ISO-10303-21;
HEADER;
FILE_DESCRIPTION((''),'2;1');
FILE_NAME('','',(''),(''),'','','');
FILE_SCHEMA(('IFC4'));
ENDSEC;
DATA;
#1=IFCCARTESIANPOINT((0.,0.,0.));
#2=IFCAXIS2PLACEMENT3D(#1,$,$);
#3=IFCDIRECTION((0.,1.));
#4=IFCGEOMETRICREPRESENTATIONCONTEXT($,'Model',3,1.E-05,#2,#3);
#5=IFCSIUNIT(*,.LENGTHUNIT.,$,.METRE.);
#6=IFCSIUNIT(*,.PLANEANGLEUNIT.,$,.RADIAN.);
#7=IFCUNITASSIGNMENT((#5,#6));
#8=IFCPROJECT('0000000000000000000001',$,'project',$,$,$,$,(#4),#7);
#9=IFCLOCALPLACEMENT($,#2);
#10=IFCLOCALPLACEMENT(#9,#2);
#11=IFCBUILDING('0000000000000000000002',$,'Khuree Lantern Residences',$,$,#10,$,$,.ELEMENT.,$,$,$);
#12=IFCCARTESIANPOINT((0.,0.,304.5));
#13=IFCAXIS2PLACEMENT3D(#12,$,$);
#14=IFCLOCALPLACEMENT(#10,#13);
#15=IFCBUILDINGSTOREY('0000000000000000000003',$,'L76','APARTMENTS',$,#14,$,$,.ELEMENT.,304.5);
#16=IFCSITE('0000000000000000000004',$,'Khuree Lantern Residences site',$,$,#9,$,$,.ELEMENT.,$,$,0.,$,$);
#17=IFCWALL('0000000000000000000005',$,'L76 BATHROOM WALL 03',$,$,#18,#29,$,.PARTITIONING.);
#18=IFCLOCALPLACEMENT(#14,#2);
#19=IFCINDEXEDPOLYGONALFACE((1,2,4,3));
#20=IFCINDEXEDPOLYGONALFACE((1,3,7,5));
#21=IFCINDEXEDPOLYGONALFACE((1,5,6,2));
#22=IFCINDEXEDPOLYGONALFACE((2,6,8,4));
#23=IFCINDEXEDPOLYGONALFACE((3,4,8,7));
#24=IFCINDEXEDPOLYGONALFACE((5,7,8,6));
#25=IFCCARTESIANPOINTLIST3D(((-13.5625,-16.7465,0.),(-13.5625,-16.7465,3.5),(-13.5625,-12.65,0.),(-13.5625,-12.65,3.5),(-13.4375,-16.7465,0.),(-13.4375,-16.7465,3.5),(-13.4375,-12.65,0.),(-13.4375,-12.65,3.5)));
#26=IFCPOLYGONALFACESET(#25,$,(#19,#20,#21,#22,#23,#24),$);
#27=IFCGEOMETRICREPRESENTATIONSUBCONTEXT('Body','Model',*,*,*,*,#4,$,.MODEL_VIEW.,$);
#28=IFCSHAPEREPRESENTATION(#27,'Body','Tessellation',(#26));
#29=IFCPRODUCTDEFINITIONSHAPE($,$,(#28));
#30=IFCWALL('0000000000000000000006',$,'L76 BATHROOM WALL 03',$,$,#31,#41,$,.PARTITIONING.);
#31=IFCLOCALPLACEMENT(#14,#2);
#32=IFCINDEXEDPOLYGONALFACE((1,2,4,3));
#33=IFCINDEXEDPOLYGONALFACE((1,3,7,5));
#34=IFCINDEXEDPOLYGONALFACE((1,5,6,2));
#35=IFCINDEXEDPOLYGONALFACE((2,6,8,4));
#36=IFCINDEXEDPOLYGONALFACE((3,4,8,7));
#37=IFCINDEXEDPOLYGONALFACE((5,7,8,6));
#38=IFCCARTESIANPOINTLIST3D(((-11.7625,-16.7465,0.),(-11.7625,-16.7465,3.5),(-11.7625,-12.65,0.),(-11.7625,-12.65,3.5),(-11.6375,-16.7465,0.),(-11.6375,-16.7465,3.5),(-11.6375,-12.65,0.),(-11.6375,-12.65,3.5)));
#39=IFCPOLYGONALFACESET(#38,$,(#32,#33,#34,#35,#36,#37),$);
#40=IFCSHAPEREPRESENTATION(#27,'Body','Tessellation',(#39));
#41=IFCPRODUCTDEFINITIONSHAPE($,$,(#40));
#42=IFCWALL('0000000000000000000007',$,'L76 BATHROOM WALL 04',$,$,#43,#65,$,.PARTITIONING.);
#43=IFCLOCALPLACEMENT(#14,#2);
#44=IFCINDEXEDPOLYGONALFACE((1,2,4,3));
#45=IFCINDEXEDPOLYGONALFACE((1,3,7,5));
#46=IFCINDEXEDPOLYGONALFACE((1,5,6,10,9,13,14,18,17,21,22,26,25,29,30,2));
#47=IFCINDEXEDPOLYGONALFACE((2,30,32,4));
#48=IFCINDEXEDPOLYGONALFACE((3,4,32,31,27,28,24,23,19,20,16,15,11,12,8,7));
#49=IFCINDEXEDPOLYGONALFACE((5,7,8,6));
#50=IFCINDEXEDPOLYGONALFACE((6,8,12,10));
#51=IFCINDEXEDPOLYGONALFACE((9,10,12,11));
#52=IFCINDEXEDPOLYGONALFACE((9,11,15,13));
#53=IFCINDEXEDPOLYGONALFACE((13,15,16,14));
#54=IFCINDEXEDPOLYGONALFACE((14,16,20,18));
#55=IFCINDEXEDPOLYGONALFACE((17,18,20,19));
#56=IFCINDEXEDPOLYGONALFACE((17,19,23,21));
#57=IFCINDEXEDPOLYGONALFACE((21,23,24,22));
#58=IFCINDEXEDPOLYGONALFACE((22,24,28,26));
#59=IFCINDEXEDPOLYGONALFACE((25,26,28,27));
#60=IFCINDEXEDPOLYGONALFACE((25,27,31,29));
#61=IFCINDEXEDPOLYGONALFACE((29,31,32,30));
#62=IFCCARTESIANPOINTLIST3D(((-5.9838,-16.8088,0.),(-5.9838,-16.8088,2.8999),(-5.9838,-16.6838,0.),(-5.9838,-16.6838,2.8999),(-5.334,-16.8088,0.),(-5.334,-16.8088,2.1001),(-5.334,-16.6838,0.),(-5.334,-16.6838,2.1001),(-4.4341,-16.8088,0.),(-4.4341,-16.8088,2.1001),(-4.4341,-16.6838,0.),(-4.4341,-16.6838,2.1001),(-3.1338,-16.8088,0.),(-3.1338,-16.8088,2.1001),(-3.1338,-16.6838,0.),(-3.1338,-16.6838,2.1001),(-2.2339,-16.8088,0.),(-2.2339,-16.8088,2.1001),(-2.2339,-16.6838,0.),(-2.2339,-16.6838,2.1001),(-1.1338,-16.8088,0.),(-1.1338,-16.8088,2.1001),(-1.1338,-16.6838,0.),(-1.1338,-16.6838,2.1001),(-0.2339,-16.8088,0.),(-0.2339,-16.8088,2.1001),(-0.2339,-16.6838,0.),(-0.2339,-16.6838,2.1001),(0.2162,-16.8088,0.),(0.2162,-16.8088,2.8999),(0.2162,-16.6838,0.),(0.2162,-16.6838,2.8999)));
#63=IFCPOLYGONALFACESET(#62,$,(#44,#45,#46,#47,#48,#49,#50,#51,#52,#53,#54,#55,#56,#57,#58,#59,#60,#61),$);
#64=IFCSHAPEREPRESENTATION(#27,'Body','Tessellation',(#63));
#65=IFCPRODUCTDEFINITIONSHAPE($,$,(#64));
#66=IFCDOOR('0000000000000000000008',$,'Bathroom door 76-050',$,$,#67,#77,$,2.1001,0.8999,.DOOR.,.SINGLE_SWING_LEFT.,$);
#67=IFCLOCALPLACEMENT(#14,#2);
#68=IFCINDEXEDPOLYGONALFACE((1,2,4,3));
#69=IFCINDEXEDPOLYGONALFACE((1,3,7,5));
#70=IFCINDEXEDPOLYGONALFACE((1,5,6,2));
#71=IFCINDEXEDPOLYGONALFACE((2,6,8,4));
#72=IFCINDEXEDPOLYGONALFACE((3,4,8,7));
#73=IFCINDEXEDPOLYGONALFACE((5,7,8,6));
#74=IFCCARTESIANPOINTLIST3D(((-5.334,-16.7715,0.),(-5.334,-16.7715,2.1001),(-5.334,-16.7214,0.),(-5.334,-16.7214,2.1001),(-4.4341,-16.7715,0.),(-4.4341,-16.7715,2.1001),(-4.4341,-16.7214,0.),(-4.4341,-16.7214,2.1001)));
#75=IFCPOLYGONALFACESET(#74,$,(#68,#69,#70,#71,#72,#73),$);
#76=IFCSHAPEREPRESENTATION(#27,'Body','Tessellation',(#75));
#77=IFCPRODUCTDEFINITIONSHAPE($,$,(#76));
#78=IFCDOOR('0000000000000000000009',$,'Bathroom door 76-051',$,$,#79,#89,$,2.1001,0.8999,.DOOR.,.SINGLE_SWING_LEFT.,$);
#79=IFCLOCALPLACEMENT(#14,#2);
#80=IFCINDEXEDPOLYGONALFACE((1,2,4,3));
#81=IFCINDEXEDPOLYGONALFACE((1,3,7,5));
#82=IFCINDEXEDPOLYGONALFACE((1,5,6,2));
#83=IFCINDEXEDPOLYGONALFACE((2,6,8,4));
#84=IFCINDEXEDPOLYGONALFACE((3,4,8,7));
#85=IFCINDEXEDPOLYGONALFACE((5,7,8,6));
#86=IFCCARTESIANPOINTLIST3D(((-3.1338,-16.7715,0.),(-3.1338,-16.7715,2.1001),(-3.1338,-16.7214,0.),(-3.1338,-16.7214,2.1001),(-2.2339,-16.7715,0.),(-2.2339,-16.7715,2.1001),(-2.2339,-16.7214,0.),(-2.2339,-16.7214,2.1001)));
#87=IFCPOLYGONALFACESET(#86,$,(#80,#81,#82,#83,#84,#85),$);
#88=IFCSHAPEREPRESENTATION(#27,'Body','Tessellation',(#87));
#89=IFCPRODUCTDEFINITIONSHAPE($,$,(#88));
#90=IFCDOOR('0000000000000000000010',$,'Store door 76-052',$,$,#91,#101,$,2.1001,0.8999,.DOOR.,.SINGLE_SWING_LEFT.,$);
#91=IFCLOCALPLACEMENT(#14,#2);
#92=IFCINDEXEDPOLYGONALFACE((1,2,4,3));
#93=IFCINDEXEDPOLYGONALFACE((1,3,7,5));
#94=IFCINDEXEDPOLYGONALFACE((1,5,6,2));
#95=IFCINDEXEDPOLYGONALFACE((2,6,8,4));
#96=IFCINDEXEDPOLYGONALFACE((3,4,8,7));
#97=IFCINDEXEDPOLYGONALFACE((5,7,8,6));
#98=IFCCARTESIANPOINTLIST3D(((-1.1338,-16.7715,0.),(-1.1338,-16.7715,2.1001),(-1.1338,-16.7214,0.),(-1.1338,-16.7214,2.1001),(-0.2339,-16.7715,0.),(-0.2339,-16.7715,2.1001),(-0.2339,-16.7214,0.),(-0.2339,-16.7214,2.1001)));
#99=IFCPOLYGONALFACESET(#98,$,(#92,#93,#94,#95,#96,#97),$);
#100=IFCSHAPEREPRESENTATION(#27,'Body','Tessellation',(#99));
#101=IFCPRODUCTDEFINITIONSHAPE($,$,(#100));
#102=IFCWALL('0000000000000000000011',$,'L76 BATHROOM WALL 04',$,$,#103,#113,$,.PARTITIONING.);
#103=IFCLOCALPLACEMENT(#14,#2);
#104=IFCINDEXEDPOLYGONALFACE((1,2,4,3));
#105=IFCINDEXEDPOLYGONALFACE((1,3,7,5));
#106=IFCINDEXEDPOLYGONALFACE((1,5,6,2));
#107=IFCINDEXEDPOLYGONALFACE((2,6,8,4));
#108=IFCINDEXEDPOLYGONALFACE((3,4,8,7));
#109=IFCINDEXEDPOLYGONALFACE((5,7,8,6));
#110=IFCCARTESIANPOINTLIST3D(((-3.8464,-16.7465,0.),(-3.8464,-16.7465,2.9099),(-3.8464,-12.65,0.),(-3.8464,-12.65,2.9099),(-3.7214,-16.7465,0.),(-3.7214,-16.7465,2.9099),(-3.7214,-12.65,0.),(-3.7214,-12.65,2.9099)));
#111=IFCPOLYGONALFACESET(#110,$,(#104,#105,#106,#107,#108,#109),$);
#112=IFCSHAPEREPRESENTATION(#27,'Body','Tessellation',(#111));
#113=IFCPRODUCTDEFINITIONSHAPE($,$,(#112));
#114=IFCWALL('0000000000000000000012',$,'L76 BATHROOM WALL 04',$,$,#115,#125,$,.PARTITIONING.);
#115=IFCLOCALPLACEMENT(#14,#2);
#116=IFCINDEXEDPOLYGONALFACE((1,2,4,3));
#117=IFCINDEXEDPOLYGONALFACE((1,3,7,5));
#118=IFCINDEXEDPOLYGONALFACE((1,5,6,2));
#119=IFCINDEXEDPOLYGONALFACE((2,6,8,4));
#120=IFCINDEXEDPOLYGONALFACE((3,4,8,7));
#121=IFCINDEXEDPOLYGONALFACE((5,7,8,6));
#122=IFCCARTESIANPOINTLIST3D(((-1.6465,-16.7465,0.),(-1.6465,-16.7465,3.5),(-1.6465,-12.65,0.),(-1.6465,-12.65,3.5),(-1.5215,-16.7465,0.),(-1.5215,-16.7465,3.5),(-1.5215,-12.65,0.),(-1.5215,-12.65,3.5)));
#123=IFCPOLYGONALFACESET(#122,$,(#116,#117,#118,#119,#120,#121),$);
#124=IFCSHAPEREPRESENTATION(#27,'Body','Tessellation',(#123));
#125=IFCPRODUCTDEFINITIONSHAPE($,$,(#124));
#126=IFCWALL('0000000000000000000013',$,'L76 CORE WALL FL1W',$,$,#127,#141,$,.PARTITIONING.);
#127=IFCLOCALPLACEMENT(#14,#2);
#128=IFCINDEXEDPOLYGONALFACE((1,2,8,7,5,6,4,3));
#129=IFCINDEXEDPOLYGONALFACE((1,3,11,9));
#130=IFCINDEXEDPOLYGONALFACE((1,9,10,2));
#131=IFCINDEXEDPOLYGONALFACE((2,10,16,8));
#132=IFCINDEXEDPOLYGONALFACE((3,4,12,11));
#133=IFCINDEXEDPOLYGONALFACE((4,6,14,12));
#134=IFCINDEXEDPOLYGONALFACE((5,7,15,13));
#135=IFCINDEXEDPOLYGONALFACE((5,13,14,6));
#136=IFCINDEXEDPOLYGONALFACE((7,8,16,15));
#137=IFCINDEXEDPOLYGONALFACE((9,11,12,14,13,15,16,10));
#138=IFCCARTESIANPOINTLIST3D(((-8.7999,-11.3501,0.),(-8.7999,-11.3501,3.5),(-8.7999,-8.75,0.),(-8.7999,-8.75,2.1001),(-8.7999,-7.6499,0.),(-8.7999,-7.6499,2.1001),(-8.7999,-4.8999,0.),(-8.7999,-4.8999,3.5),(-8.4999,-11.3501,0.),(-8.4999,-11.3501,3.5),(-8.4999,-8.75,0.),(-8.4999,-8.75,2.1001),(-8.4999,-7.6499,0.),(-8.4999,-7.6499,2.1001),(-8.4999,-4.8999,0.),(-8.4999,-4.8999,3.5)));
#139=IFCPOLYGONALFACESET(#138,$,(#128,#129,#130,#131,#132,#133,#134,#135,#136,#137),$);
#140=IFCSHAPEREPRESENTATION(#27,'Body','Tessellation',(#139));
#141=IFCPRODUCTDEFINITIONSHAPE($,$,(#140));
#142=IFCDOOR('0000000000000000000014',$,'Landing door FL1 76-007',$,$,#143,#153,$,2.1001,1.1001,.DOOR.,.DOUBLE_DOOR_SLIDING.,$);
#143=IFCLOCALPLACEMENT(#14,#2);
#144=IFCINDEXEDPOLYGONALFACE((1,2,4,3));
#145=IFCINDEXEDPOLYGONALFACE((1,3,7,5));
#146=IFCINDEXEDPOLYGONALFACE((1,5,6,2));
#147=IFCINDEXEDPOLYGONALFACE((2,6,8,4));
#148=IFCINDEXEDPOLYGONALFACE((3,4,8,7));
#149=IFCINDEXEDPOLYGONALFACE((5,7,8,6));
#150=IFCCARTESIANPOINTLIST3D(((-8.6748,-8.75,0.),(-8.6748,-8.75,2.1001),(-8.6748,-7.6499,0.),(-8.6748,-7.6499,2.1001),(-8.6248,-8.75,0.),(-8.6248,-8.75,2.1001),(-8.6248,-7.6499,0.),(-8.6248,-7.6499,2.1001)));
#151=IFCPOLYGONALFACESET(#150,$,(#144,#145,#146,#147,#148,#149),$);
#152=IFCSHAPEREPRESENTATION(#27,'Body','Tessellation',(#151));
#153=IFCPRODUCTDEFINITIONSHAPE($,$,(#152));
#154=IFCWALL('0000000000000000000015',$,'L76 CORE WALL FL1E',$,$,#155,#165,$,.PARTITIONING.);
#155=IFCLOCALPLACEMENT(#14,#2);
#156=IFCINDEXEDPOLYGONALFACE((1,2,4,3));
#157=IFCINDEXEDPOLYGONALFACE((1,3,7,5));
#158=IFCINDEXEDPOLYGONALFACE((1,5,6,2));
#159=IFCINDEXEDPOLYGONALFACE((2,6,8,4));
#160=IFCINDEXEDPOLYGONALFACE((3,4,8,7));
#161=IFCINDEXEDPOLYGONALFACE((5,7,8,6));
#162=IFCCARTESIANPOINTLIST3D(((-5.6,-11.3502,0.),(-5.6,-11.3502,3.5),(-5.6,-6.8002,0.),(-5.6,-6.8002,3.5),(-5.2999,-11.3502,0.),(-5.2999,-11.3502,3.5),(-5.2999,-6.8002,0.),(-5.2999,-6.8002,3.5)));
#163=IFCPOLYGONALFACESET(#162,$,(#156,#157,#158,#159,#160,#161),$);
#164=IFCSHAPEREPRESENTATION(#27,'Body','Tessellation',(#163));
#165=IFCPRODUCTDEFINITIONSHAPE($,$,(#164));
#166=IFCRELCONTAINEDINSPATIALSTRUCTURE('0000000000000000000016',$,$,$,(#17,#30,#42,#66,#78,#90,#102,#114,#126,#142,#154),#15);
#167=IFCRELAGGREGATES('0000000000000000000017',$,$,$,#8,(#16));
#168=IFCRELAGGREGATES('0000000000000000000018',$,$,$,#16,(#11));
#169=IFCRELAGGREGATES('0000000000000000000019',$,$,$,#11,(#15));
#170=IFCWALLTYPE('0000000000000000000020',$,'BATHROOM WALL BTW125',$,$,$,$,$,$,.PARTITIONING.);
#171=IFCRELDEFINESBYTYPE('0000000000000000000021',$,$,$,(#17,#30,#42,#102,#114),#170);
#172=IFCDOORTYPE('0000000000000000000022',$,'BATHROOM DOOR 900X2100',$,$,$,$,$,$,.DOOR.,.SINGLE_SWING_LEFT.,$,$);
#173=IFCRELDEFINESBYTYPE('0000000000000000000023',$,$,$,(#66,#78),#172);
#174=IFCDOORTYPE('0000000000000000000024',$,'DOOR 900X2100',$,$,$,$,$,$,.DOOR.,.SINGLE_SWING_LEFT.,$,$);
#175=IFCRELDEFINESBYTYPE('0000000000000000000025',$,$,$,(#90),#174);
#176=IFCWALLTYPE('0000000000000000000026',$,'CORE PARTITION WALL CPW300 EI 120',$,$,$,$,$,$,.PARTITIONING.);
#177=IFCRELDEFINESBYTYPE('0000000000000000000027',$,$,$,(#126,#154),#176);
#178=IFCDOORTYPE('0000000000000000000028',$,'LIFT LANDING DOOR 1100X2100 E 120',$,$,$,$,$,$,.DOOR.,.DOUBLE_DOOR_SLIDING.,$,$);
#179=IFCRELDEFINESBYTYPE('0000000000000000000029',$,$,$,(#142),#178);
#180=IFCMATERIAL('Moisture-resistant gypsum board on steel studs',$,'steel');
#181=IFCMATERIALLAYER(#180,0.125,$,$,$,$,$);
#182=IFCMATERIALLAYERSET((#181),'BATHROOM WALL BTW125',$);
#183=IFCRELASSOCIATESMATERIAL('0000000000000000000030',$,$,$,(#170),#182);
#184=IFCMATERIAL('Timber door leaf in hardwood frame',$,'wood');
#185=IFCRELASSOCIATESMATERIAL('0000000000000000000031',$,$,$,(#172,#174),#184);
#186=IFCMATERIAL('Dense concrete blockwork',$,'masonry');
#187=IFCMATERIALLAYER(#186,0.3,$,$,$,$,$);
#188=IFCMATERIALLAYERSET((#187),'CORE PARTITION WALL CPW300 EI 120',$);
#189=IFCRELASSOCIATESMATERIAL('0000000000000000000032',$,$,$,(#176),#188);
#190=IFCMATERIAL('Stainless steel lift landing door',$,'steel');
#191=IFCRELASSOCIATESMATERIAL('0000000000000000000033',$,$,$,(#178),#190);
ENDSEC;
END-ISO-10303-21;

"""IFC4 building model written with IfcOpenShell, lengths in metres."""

from ifc_helpers import new_model, si_unit, direction, frame, frame_2d, origin, place, context, subcontext, project, spatial, rectangle, extrude, material, layer, layer_set, type_object, element, fill, save


model = new_model("IFC4")

# Units and contexts
model_context = context("Model", 3, precision=1e-05, world=origin(), true_north=direction((0.0, 1.0)))
body_context = subcontext(model_context, "Body", "Model", "MODEL_VIEW")
ifc_project = project(units=[si_unit("LENGTHUNIT", "METRE"), si_unit("PLANEANGLEUNIT", "RADIAN")], contexts=[model_context])

# Site, building, storey
site_placement = place(None, origin())
site = spatial("IfcSite", under=ifc_project, at=site_placement, Name="Khuree Lantern Residences site", CompositionType="ELEMENT", RefElevation=0.0)
building_placement = place(site_placement, origin())
building = spatial("IfcBuilding", under=site, at=building_placement, Name="Khuree Lantern Residences", CompositionType="ELEMENT")
storey_placement = place(building_placement, frame((0.0, 0.0, 304.5)))
storey = spatial("IfcBuildingStorey", under=building, at=storey_placement, Name="L76", Description="APARTMENTS", CompositionType="ELEMENT", Elevation=304.5)

# Walls
ifc_material_1 = material(Name="Moisture-resistant gypsum board on steel studs", Category="steel")
ifc_layer_1 = layer(ifc_material_1, 0.125)
ifc_layer_set_1 = layer_set([ifc_layer_1], Name="BATHROOM WALL BTW125")
wall_type_1 = type_object("IfcWallType", Name="BATHROOM WALL BTW125", PredefinedType="PARTITIONING", material=ifc_layer_set_1)
for number, where, z_axis, x_axis, name in (
    (1, (-13.5, -12.6499, 0.0), (0.0, 0.0, 1.0), (0.0, -1.0, 0.0), "L76 BATHROOM WALL 03"),
    (2, (-11.7, -12.6499, 0.0), (0.0, 0.0, 1.0), (0.0, -1.0, 0.0), "L76 BATHROOM WALL 03"),
):
    element("IfcWall", number, at=place(storey_placement, frame(where, z_axis=z_axis, x_axis=x_axis)), inside=storey, type_object=wall_type_1, Name=name, PredefinedType="PARTITIONING", context=body_context, shape_type="SweptSolid", body=[
        extrude(rectangle(XDim=4.0964, YDim=0.125, at=frame_2d((2.0483, 0.0))), origin(), (0.0, 0.0, 1.0), 3.5),
    ])

# Wall, openings, doors
wall_1_placement = place(storey_placement, frame((-5.9839, -16.7463, 0.0), z_axis=(0.0, 0.0, 1.0), x_axis=(1.0, 0.0, 0.0)))
wall_1 = element("IfcWall", 3, at=wall_1_placement, inside=storey, type_object=wall_type_1, Name="L76 BATHROOM WALL 04", PredefinedType="PARTITIONING", context=body_context, shape_type="SweptSolid", body=[
    extrude(rectangle(XDim=6.2, YDim=0.125, at=frame_2d((3.1001, 0.0))), origin(), (0.0, 0.0, 1.0), 2.8999),
])
opening_1_placement = place(wall_1_placement, frame((0.6499, 0.0, 0.0)))
opening_1 = element("IfcOpeningElement", 4, at=opening_1_placement, cuts=wall_1, PredefinedType="OPENING", context=body_context, shape_type="SweptSolid", body=[
    extrude(rectangle(XDim=0.8999, YDim=2.1001, at=frame_2d((0.45, 1.05))), frame((0.0, 0.0725, 0.0), z_axis=(0.0, -1.0, 0.0), x_axis=(1.0, 0.0, 0.0)), (0.0, 0.0, 1.0), 0.145),
])
opening_2_placement = place(wall_1_placement, frame((2.8501, 0.0, 0.0)))
opening_2 = element("IfcOpeningElement", 5, at=opening_2_placement, cuts=wall_1, PredefinedType="OPENING", context=body_context, shape_type="SweptSolid", body=[
    extrude(rectangle(XDim=0.8999, YDim=2.1001, at=frame_2d((0.45, 1.05))), frame((0.0, 0.0725, 0.0), z_axis=(0.0, -1.0, 0.0), x_axis=(1.0, 0.0, 0.0)), (0.0, 0.0, 1.0), 0.145),
])
opening_3_placement = place(wall_1_placement, frame((4.8501, 0.0, 0.0)))
opening_3 = element("IfcOpeningElement", 6, at=opening_3_placement, cuts=wall_1, PredefinedType="OPENING", context=body_context, shape_type="SweptSolid", body=[
    extrude(rectangle(XDim=0.8999, YDim=2.1001, at=frame_2d((0.45, 1.05))), frame((0.0, 0.0725, 0.0), z_axis=(0.0, -1.0, 0.0), x_axis=(1.0, 0.0, 0.0)), (0.0, 0.0, 1.0), 0.145),
])
ifc_material_2 = material(Name="Timber door leaf in hardwood frame", Category="wood")
door_type_1 = type_object("IfcDoorType", Name="BATHROOM DOOR 900X2100", OperationType="SINGLE_SWING_LEFT", PredefinedType="DOOR", material=ifc_material_2)
door_1_placement = place(opening_1_placement, origin())
door_1 = element("IfcDoor", 7, at=door_1_placement, inside=storey, type_object=door_type_1, Name="Bathroom door 76-050", OperationType="SINGLE_SWING_LEFT", OverallHeight=2.1001, OverallWidth=0.8999, PredefinedType="DOOR", context=body_context, shape_type="SweptSolid", body=[
    extrude(rectangle(XDim=0.8999, YDim=2.1001, at=frame_2d((0.45, 1.05))), frame((0.0, 0.0249, 0.0), z_axis=(0.0, -1.0, 0.0), x_axis=(1.0, 0.0, 0.0)), (0.0, 0.0, 1.0), 0.05),
])
fill(opening_1, door_1)
door_2_placement = place(opening_2_placement, origin())
door_2 = element("IfcDoor", 8, at=door_2_placement, inside=storey, type_object=door_type_1, Name="Bathroom door 76-051", OperationType="SINGLE_SWING_LEFT", OverallHeight=2.1001, OverallWidth=0.8999, PredefinedType="DOOR", context=body_context, shape_type="SweptSolid", body=[
    extrude(rectangle(XDim=0.8999, YDim=2.1001, at=frame_2d((0.45, 1.05))), frame((0.0, 0.0249, 0.0), z_axis=(0.0, -1.0, 0.0), x_axis=(1.0, 0.0, 0.0)), (0.0, 0.0, 1.0), 0.05),
])
fill(opening_2, door_2)
door_type_2 = type_object("IfcDoorType", Name="DOOR 900X2100", OperationType="SINGLE_SWING_LEFT", PredefinedType="DOOR", material=ifc_material_2)
door_3_placement = place(opening_3_placement, origin())
door_3 = element("IfcDoor", 9, at=door_3_placement, inside=storey, type_object=door_type_2, Name="Store door 76-052", OperationType="SINGLE_SWING_LEFT", OverallHeight=2.1001, OverallWidth=0.8999, PredefinedType="DOOR", context=body_context, shape_type="SweptSolid", body=[
    extrude(rectangle(XDim=0.8999, YDim=2.1001, at=frame_2d((0.45, 1.05))), frame((0.0, 0.0249, 0.0), z_axis=(0.0, -1.0, 0.0), x_axis=(1.0, 0.0, 0.0)), (0.0, 0.0, 1.0), 0.05),
])
fill(opening_3, door_3)

# Walls
wall_2_placement = place(storey_placement, frame((-3.7839, -12.6499, 0.0), z_axis=(0.0, 0.0, 1.0), x_axis=(0.0, -1.0, 0.0)))
element("IfcWall", 10, at=wall_2_placement, inside=storey, type_object=wall_type_1, Name="L76 BATHROOM WALL 04", PredefinedType="PARTITIONING", context=body_context, shape_type="SweptSolid", body=[
    extrude(rectangle(XDim=4.0964, YDim=0.125, at=frame_2d((2.0483, 0.0))), origin(), (0.0, 0.0, 1.0), 2.9099),
])
wall_3_placement = place(storey_placement, frame((-1.584, -12.6499, 0.0), z_axis=(0.0, 0.0, 1.0), x_axis=(0.0, -1.0, 0.0)))
element("IfcWall", 11, at=wall_3_placement, inside=storey, type_object=wall_type_1, Name="L76 BATHROOM WALL 04", PredefinedType="PARTITIONING", context=body_context, shape_type="SweptSolid", body=[
    extrude(rectangle(XDim=4.0964, YDim=0.125, at=frame_2d((2.0483, 0.0))), origin(), (0.0, 0.0, 1.0), 3.5),
])

# Wall, opening, door
ifc_material_3 = material(Name="Dense concrete blockwork", Category="masonry")
ifc_layer_2 = layer(ifc_material_3, 0.3)
ifc_layer_set_2 = layer_set([ifc_layer_2], Name="CORE PARTITION WALL CPW300 EI 120")
wall_type_2 = type_object("IfcWallType", Name="CORE PARTITION WALL CPW300 EI 120", PredefinedType="PARTITIONING", material=ifc_layer_set_2)
wall_4_placement = place(storey_placement, frame((-8.6499, -11.3501, 0.0), z_axis=(0.0, 0.0, 1.0), x_axis=(0.0, 1.0, 0.0)))
wall_4 = element("IfcWall", 12, at=wall_4_placement, inside=storey, type_object=wall_type_2, Name="L76 CORE WALL FL1W", PredefinedType="PARTITIONING", context=body_context, shape_type="SweptSolid", body=[
    extrude(rectangle(XDim=6.4502, YDim=0.3, at=frame_2d((3.2251, 0.0))), origin(), (0.0, 0.0, 1.0), 3.5),
])
opening_4_placement = place(wall_4_placement, frame((2.6001, 0.0, 0.0)))
opening_4 = element("IfcOpeningElement", 13, at=opening_4_placement, cuts=wall_4, PredefinedType="OPENING", context=body_context, shape_type="SweptSolid", body=[
    extrude(rectangle(XDim=1.1001, YDim=2.1001, at=frame_2d((0.55, 1.05))), frame((0.0, 0.1602, 0.0), z_axis=(0.0, -1.0, 0.0), x_axis=(1.0, 0.0, 0.0)), (0.0, 0.0, 1.0), 0.3201),
])
ifc_material_4 = material(Name="Stainless steel lift landing door", Category="steel")
door_type_3 = type_object("IfcDoorType", Name="LIFT LANDING DOOR 1100X2100 E 120", OperationType="DOUBLE_DOOR_SLIDING", PredefinedType="DOOR", material=ifc_material_4)
door_4_placement = place(opening_4_placement, origin())
door_4 = element("IfcDoor", 14, at=door_4_placement, inside=storey, type_object=door_type_3, Name="Landing door FL1 76-007", OperationType="DOUBLE_DOOR_SLIDING", OverallHeight=2.1001, OverallWidth=1.1001, PredefinedType="DOOR", context=body_context, shape_type="SweptSolid", body=[
    extrude(rectangle(XDim=1.1001, YDim=2.1001, at=frame_2d((0.55, 1.05))), frame((0.0, 0.0249, 0.0), z_axis=(0.0, -1.0, 0.0), x_axis=(1.0, 0.0, 0.0)), (0.0, 0.0, 1.0), 0.05),
])
fill(opening_4, door_4)

# Wall
wall_5_placement = place(storey_placement, frame((-5.45, -11.3501, 0.0), z_axis=(0.0, 0.0, 1.0), x_axis=(0.0, 1.0, 0.0)))
element("IfcWall", 15, at=wall_5_placement, inside=storey, type_object=wall_type_2, Name="L76 CORE WALL FL1E", PredefinedType="PARTITIONING", context=body_context, shape_type="SweptSolid", body=[
    extrude(rectangle(XDim=4.55, YDim=0.3, at=frame_2d((2.2749, 0.0))), origin(), (0.0, 0.0, 1.0), 3.5),
])

save(model, "model.ifc")
